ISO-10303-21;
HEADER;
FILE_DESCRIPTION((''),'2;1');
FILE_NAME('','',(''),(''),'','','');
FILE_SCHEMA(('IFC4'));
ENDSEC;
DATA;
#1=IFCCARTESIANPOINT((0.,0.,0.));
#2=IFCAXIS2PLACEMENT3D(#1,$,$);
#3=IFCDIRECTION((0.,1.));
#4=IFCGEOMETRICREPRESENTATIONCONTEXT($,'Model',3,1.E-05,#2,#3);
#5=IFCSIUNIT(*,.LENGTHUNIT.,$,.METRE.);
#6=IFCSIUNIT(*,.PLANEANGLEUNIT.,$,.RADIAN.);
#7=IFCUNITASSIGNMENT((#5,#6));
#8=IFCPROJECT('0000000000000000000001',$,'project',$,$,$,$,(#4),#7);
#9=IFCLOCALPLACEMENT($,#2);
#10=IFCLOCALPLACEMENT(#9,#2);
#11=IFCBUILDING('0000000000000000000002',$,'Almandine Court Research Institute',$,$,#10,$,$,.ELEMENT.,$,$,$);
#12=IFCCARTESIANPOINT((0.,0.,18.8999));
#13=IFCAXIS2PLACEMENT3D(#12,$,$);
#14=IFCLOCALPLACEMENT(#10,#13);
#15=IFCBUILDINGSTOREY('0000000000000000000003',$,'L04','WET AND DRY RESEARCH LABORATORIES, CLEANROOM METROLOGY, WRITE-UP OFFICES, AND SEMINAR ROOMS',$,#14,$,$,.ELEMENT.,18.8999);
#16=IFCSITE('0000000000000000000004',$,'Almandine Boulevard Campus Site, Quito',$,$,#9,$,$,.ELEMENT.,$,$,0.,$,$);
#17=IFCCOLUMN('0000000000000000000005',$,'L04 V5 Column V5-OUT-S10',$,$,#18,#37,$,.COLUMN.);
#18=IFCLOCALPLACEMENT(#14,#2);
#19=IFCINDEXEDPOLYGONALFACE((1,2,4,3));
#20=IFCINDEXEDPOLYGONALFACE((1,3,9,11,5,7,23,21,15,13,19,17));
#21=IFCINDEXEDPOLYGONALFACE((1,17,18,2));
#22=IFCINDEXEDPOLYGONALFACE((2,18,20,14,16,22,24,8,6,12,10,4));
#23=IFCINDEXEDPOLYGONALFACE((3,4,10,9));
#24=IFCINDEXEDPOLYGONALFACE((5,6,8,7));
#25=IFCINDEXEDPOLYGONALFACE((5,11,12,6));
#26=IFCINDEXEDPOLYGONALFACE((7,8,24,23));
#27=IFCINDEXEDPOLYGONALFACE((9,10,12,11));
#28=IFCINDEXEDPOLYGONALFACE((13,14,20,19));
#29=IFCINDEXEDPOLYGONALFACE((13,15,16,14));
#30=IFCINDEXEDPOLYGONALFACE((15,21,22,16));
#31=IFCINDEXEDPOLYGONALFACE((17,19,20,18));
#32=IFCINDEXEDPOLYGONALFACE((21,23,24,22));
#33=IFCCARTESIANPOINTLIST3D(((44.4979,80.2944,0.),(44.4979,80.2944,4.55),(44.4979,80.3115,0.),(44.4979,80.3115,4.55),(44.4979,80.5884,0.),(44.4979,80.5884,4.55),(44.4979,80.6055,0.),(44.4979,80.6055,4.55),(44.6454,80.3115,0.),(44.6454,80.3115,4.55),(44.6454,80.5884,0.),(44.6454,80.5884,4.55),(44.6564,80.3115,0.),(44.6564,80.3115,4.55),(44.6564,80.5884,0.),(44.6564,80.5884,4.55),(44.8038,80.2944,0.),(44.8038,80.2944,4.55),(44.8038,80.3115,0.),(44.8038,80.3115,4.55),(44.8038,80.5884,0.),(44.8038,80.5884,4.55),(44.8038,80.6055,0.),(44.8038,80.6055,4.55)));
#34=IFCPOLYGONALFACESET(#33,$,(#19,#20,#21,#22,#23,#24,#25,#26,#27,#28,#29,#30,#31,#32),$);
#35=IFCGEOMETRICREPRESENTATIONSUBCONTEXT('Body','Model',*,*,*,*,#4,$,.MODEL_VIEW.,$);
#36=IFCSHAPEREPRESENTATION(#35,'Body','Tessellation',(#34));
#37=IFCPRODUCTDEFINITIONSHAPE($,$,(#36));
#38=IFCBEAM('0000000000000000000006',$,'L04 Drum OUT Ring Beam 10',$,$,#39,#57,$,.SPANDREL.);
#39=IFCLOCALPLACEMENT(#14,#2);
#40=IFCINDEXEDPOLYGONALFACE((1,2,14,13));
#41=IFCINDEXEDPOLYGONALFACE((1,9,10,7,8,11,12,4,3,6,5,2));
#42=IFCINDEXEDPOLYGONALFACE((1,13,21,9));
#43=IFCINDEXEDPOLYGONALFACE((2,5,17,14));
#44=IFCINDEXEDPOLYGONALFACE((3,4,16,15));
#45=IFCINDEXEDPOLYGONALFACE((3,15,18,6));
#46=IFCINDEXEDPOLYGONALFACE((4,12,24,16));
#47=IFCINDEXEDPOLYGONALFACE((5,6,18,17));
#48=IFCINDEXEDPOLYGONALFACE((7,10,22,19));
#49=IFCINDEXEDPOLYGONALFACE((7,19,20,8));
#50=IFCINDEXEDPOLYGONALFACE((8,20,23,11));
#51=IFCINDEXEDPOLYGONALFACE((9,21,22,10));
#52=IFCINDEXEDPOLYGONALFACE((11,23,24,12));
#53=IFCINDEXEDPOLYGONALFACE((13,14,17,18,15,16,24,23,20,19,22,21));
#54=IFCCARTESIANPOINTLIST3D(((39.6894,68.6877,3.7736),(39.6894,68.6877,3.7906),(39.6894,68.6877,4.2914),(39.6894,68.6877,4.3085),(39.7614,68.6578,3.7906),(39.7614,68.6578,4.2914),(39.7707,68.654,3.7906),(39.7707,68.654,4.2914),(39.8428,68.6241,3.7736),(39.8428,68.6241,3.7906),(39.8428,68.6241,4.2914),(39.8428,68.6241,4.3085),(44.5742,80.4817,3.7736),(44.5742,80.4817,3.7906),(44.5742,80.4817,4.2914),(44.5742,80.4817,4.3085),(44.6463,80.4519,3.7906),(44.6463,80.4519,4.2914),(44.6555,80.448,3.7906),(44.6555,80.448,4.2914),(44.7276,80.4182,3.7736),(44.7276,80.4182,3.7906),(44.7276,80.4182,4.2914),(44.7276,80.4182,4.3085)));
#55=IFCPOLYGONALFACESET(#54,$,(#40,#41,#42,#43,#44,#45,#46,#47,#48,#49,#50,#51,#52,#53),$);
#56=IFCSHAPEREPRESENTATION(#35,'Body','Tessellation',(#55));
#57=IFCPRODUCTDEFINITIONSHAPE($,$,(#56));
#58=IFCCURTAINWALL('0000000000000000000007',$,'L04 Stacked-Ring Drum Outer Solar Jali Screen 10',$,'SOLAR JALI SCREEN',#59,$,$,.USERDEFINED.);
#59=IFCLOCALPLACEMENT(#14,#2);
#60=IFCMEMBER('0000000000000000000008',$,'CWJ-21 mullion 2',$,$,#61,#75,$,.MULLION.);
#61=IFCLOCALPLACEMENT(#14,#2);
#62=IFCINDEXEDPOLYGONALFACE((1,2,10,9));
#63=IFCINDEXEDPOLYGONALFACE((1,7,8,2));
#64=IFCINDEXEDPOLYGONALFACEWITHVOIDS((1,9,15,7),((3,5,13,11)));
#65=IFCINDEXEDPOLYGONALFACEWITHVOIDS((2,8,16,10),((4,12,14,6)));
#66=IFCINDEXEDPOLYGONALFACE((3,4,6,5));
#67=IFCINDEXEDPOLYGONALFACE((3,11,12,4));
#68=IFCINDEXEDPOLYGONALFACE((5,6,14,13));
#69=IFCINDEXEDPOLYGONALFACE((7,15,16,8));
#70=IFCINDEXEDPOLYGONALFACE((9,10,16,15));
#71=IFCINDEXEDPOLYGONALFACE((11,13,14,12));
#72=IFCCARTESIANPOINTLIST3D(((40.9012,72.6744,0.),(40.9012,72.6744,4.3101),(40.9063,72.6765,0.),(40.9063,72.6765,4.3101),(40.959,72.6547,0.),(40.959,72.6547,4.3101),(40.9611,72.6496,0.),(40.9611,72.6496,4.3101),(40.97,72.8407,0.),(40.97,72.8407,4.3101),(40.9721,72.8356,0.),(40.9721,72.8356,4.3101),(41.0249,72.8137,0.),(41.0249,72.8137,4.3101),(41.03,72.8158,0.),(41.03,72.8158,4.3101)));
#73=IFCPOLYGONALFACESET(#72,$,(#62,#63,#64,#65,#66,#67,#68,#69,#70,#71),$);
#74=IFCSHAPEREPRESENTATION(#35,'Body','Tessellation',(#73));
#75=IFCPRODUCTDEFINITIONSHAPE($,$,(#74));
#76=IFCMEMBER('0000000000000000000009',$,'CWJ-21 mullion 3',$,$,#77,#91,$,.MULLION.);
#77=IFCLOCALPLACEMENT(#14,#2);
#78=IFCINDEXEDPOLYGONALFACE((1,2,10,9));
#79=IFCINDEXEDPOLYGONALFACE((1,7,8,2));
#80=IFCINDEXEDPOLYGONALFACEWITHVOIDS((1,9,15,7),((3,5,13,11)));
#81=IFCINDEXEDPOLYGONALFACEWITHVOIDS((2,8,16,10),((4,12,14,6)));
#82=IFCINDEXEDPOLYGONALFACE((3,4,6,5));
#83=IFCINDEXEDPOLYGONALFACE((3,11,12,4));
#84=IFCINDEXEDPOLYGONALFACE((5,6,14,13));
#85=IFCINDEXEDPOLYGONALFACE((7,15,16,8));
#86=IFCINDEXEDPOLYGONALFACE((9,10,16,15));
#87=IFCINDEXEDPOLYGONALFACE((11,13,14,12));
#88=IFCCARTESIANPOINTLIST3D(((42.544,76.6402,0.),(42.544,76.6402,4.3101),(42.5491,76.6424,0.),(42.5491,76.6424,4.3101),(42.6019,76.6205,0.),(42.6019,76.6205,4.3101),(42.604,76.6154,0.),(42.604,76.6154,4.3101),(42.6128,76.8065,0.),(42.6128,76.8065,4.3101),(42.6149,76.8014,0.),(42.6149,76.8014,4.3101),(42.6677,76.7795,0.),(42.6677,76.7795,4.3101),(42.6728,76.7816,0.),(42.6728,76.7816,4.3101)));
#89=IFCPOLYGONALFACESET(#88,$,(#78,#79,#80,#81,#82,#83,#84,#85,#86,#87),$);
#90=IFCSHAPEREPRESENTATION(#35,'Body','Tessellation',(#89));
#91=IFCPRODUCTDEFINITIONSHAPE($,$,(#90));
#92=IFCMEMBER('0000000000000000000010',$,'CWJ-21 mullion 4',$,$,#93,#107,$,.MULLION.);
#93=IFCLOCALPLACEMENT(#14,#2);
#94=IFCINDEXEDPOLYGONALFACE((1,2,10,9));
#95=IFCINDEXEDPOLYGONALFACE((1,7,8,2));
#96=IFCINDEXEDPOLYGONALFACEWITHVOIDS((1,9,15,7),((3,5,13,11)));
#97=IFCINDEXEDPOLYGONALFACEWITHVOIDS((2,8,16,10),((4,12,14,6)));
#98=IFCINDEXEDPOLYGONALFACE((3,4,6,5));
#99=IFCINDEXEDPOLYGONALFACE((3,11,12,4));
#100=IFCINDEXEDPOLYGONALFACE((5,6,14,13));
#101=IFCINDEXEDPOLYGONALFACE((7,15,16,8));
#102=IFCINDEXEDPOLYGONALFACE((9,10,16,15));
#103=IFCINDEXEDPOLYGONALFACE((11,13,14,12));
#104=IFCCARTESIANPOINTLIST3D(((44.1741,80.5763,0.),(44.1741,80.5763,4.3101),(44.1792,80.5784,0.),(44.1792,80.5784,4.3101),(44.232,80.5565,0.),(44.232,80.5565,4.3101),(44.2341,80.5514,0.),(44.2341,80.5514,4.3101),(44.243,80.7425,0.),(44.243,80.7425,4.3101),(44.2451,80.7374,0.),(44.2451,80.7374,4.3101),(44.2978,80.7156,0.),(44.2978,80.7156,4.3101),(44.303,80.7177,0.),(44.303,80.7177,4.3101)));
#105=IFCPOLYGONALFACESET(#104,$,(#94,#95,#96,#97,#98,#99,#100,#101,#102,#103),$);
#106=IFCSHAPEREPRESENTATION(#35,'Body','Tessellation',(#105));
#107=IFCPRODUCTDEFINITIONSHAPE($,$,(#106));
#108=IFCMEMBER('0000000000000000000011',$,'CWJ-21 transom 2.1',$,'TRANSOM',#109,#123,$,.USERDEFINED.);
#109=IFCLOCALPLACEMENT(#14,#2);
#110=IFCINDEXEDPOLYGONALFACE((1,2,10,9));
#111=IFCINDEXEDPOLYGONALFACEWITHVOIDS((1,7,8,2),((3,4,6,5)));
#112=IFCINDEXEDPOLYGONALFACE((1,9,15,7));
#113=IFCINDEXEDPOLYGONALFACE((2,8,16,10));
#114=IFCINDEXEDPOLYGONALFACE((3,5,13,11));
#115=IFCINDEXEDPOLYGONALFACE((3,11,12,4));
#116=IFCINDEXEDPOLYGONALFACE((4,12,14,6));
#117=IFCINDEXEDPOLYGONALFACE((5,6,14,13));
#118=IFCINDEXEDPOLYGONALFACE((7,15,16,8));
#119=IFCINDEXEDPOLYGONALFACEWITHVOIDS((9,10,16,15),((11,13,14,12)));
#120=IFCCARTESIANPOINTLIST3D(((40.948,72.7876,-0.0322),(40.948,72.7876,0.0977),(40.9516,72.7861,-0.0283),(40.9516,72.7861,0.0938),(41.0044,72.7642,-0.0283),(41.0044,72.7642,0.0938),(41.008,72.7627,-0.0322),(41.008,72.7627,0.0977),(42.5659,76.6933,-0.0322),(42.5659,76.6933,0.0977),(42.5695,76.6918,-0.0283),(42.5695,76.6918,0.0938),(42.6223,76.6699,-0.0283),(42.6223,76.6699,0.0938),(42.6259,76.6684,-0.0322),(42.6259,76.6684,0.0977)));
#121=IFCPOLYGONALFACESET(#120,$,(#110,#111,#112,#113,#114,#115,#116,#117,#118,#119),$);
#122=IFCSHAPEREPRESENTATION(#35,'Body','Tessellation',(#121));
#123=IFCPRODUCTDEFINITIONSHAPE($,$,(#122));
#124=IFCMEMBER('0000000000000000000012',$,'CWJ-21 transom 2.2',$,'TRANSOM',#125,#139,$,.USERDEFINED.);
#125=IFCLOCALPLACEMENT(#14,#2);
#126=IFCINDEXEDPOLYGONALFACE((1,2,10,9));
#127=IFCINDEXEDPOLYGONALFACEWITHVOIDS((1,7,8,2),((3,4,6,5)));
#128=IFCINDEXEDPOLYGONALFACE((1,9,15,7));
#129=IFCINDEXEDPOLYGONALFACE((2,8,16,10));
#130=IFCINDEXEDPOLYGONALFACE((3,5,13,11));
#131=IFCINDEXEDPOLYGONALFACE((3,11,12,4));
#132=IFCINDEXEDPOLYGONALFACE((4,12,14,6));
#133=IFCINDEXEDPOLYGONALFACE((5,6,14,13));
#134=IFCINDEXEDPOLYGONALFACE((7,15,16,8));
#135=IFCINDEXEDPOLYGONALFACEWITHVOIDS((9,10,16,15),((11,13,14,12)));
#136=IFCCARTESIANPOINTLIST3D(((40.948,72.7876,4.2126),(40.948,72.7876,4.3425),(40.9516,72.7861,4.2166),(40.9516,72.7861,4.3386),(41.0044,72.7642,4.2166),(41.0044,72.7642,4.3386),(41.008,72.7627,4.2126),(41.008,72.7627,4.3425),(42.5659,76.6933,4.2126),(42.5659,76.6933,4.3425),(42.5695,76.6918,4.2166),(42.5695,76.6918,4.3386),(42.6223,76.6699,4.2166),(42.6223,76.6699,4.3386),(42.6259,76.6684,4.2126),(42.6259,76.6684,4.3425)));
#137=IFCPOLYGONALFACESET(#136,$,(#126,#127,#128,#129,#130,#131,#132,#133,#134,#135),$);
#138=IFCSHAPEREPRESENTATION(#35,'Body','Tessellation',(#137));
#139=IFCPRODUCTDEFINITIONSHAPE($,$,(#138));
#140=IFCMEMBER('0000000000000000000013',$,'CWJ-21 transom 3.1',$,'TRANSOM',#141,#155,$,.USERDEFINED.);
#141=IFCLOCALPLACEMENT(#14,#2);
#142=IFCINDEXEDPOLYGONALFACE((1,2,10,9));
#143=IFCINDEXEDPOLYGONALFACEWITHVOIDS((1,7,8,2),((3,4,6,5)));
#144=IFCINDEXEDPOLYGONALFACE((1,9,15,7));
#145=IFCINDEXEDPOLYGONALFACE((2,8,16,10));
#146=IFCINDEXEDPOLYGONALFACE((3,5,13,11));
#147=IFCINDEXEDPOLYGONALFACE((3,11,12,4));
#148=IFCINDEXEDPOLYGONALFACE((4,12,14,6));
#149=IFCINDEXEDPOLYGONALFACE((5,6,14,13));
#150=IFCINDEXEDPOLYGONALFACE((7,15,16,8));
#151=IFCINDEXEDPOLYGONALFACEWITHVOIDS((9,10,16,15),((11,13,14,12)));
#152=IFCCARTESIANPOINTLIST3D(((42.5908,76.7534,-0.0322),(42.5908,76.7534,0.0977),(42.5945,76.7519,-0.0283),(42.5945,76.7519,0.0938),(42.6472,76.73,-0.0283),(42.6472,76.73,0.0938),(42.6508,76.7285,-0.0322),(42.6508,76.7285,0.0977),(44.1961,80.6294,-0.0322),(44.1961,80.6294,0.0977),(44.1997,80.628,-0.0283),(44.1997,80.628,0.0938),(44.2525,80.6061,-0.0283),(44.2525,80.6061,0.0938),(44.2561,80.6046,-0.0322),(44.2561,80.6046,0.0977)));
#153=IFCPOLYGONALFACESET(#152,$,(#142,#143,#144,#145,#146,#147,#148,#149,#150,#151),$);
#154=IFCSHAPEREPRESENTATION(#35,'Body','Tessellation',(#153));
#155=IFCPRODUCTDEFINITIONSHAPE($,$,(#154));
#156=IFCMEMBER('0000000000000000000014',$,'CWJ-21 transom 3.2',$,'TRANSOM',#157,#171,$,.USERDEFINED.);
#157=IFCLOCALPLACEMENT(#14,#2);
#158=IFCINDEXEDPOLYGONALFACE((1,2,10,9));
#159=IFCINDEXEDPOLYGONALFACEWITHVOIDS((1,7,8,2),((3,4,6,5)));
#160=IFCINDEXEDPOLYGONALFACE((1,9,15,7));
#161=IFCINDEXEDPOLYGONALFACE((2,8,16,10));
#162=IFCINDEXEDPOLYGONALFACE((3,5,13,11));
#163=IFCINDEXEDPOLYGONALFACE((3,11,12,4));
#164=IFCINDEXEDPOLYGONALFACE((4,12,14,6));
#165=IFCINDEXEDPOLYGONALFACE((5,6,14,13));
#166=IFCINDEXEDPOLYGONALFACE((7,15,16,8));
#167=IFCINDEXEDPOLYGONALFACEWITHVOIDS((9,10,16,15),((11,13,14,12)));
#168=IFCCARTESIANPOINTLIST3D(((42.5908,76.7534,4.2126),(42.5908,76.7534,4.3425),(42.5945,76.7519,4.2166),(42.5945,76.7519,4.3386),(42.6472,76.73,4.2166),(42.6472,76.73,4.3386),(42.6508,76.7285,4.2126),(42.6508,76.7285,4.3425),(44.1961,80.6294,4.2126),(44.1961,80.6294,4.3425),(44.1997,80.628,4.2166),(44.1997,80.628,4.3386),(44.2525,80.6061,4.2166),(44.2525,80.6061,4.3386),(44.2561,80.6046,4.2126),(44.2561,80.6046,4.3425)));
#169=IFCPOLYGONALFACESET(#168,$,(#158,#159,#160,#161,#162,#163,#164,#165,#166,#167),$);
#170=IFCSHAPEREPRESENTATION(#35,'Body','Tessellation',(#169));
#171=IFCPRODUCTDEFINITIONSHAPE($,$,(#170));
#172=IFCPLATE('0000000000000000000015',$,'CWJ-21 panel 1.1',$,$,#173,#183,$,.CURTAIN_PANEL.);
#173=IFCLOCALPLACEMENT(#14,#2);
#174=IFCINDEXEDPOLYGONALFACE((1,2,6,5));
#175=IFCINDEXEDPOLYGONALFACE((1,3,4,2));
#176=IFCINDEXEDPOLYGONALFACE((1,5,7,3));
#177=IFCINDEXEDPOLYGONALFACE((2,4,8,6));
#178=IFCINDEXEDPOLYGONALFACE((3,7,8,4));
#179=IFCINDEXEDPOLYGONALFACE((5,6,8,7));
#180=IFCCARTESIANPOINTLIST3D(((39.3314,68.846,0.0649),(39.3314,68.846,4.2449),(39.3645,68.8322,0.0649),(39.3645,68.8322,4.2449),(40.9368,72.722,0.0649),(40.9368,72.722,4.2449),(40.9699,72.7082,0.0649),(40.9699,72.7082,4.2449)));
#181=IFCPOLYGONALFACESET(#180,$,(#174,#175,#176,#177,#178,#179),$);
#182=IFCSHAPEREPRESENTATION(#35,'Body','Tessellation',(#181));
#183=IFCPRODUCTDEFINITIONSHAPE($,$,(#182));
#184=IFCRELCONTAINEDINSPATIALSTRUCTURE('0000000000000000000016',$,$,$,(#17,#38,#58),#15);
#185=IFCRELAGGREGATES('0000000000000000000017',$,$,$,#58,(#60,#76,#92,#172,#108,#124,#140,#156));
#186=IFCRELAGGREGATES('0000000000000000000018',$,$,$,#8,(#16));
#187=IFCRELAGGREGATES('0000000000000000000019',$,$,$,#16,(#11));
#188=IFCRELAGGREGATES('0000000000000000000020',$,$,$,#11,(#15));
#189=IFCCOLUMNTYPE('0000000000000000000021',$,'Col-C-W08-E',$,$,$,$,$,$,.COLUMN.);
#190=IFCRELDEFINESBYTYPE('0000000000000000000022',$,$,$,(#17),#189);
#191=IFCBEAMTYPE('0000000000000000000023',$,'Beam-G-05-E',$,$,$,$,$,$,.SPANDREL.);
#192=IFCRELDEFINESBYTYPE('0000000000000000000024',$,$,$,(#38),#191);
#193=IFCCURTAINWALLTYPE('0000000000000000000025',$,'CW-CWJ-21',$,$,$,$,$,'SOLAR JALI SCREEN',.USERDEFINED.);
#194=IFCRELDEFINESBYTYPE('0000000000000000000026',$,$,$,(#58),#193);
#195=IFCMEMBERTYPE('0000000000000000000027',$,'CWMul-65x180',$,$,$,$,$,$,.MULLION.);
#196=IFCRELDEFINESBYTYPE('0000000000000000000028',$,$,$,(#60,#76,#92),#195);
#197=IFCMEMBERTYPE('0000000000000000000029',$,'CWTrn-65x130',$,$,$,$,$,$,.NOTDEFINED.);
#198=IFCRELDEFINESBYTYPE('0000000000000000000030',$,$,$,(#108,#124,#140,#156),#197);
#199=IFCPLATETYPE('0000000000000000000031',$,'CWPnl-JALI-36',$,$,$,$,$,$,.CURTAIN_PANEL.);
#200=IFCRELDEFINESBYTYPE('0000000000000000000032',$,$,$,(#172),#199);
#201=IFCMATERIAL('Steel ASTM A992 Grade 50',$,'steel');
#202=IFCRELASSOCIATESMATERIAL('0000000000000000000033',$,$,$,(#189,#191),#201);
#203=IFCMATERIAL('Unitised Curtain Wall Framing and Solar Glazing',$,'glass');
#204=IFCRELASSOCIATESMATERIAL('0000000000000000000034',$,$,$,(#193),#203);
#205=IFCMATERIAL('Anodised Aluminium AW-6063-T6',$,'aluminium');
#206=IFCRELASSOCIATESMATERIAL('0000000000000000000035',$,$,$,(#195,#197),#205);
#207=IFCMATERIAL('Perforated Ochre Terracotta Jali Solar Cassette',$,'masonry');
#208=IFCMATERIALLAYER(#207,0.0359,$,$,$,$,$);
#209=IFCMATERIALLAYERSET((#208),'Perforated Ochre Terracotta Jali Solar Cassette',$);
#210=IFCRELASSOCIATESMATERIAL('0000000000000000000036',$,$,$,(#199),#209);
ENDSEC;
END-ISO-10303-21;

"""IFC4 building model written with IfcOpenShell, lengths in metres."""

from ifc_helpers import new_model, si_unit, direction, frame, origin, origin_2d, place, context, subcontext, project, spatial, rectangle, hollow_rectangle, i_section, extrude, material, layer, layer_set, material_profile, profile_set, type_object, element, aggregate, save


model = new_model("IFC4")

# Units and contexts
model_context = context("Model", 3, precision=1e-05, world=origin(), true_north=direction((0.0, 1.0)))
body_context = subcontext(model_context, "Body", "Model", "MODEL_VIEW")
ifc_project = project(units=[si_unit("LENGTHUNIT", "METRE"), si_unit("PLANEANGLEUNIT", "RADIAN")], contexts=[model_context])

# Site, building, storey
site_placement = place(None, origin())
site = spatial("IfcSite", under=ifc_project, at=site_placement, Name="Almandine Boulevard Campus Site, Quito", CompositionType="ELEMENT", RefElevation=0.0)
building_placement = place(site_placement, origin())
building = spatial("IfcBuilding", under=site, at=building_placement, Name="Almandine Court Research Institute", CompositionType="ELEMENT")
storey_placement = place(building_placement, frame((0.0, 0.0, 18.8999)))
storey = spatial("IfcBuildingStorey", under=building, at=storey_placement, Name="L04", Description="WET AND DRY RESEARCH LABORATORIES, CLEANROOM METROLOGY, WRITE-UP OFFICES, AND SEMINAR ROOMS", CompositionType="ELEMENT", Elevation=18.8999)

# Column
ifc_material_1 = material(Name="Steel ASTM A992 Grade 50", Category="steel")
ifc_material_profile_1 = material_profile(ifc_material_1, i_section(OverallWidth=0.3059, OverallDepth=0.311, WebThickness=0.011, FlangeThickness=0.0171, at=origin_2d()), Name="W310x107")
ifc_profile_set_1 = profile_set([ifc_material_profile_1], Name="Steel ASTM A992 Grade 50")
column_type = type_object("IfcColumnType", Name="Col-C-W08-E", PredefinedType="COLUMN", material=ifc_profile_set_1)
column_placement = place(storey_placement, frame((44.6509, 80.45, 0.0), z_axis=(0.0, 0.0, 1.0), x_axis=(1.0, 0.0, 0.0)))
element("IfcColumn", 1, at=column_placement, inside=storey, type_object=column_type, Name="L04 V5 Column V5-OUT-S10", PredefinedType="COLUMN", context=body_context, shape_type="SweptSolid", body=[
    extrude(i_section(OverallWidth=0.3059, OverallDepth=0.311, WebThickness=0.011, FlangeThickness=0.0171, at=origin_2d()), origin(), (0.0, 0.0, 1.0), 4.55),
])

# Beam
ifc_material_profile_2 = material_profile(ifc_material_1, i_section(OverallWidth=0.166, OverallDepth=0.5349, WebThickness=0.01, FlangeThickness=0.0171, at=origin_2d()), Name="W530x85")
ifc_profile_set_2 = profile_set([ifc_material_profile_2], Name="Steel ASTM A992 Grade 50")
beam_type = type_object("IfcBeamType", Name="Beam-G-05-E", PredefinedType="SPANDREL", material=ifc_profile_set_2)
beam_placement = place(storey_placement, frame((44.6509, 80.45, 4.041), z_axis=(-0.382654, -0.923892, 0.0), x_axis=(0.923892, -0.382654, 0.0)))
element("IfcBeam", 2, at=beam_placement, inside=storey, type_object=beam_type, Name="L04 Drum OUT Ring Beam 10", PredefinedType="SPANDREL", context=body_context, shape_type="SweptSolid", body=[
    extrude(i_section(OverallWidth=0.166, OverallDepth=0.5349, WebThickness=0.01, FlangeThickness=0.0171, at=origin_2d()), origin(), (0.0, 0.0, 1.0), 12.7656),
])

# Curtain wall, members, plate
ifc_material_2 = material(Name="Unitised Curtain Wall Framing and Solar Glazing", Category="glass")
curtain_wall_type = type_object("IfcCurtainWallType", Name="CW-CWJ-21", ElementType="SOLAR JALI SCREEN", PredefinedType="USERDEFINED", material=ifc_material_2)
curtain_wall_placement = place(storey_placement, origin())
curtain_wall = element("IfcCurtainWall", 3, at=curtain_wall_placement, inside=storey, type_object=curtain_wall_type, Name="L04 Stacked-Ring Drum Outer Solar Jali Screen 10", ObjectType="SOLAR JALI SCREEN", PredefinedType="USERDEFINED")
ifc_material_3 = material(Name="Anodised Aluminium AW-6063-T6", Category="aluminium")
ifc_material_profile_3 = material_profile(ifc_material_3, hollow_rectangle(XDim=0.0649, YDim=0.1799, WallThickness=0.0039, at=origin_2d()), Name="ALU RHS 65x180x4")
ifc_profile_set_3 = profile_set([ifc_material_profile_3], Name="Anodised Aluminium AW-6063-T6")
member_type_1 = type_object("IfcMemberType", Name="CWMul-65x180", PredefinedType="MULLION", material=ifc_profile_set_3)
member_1_placement = place(storey_placement, frame((40.9656, 72.7451, 0.0), z_axis=(0.0, 0.0, 1.0), x_axis=(-0.923888, 0.382663, 0.0)))
member_1 = element("IfcMember", 4, at=member_1_placement, type_object=member_type_1, Name="CWJ-21 mullion 2", PredefinedType="MULLION", context=body_context, shape_type="SweptSolid", body=[
    extrude(hollow_rectangle(XDim=0.0649, YDim=0.1799, WallThickness=0.0039, at=origin_2d()), origin(), (0.0, 0.0, 1.0), 4.3101),
])
member_2_placement = place(storey_placement, frame((42.6084, 76.7109, 0.0), z_axis=(0.0, 0.0, 1.0), x_axis=(-0.923888, 0.382663, 0.0)))
member_2 = element("IfcMember", 5, at=member_2_placement, type_object=member_type_1, Name="CWJ-21 mullion 3", PredefinedType="MULLION", context=body_context, shape_type="SweptSolid", body=[
    extrude(hollow_rectangle(XDim=0.0649, YDim=0.1799, WallThickness=0.0039, at=origin_2d()), origin(), (0.0, 0.0, 1.0), 4.3101),
])
member_3_placement = place(storey_placement, frame((44.2385, 80.647, 0.0), z_axis=(0.0, 0.0, 1.0), x_axis=(-0.923888, 0.382663, 0.0)))
member_3 = element("IfcMember", 6, at=member_3_placement, type_object=member_type_1, Name="CWJ-21 mullion 4", PredefinedType="MULLION", context=body_context, shape_type="SweptSolid", body=[
    extrude(hollow_rectangle(XDim=0.0649, YDim=0.1799, WallThickness=0.0039, at=origin_2d()), origin(), (0.0, 0.0, 1.0), 4.3101),
])
ifc_material_profile_4 = material_profile(ifc_material_3, hollow_rectangle(XDim=0.0649, YDim=0.1299, WallThickness=0.0039, at=origin_2d()), Name="ALU RHS 65x130x4")
ifc_profile_set_4 = profile_set([ifc_material_profile_4], Name="Anodised Aluminium AW-6063-T6")
member_type_2 = type_object("IfcMemberType", Name="CWTrn-65x130", PredefinedType="NOTDEFINED", material=ifc_profile_set_4)
member_4_placement = place(storey_placement, frame((40.978, 72.7751, 0.0327), z_axis=(0.382704, 0.923871, 0.0), x_axis=(-0.923871, 0.382704, 0.0)))
member_4 = element("IfcMember", 7, at=member_4_placement, type_object=member_type_2, Name="CWJ-21 transom 2.1", ObjectType="TRANSOM", PredefinedType="USERDEFINED", context=body_context, shape_type="SweptSolid", body=[
    extrude(hollow_rectangle(XDim=0.0649, YDim=0.1299, WallThickness=0.0039, at=origin_2d()), origin(), (0.0, 0.0, 1.0), 4.2275),
])
member_5_placement = place(storey_placement, frame((40.978, 72.7751, 4.2776), z_axis=(0.382704, 0.923871, 0.0), x_axis=(-0.923871, 0.382704, 0.0)))
member_5 = element("IfcMember", 8, at=member_5_placement, type_object=member_type_2, Name="CWJ-21 transom 2.2", ObjectType="TRANSOM", PredefinedType="USERDEFINED", context=body_context, shape_type="SweptSolid", body=[
    extrude(hollow_rectangle(XDim=0.0649, YDim=0.1299, WallThickness=0.0039, at=origin_2d()), origin(), (0.0, 0.0, 1.0), 4.2275),
])
member_6_placement = place(storey_placement, frame((42.6208, 76.741, 0.0327), z_axis=(0.382631, 0.923901, 0.0), x_axis=(-0.923901, 0.382631, 0.0)))
member_6 = element("IfcMember", 9, at=member_6_placement, type_object=member_type_2, Name="CWJ-21 transom 3.1", ObjectType="TRANSOM", PredefinedType="USERDEFINED", context=body_context, shape_type="SweptSolid", body=[
    extrude(hollow_rectangle(XDim=0.0649, YDim=0.1299, WallThickness=0.0039, at=origin_2d()), origin(), (0.0, 0.0, 1.0), 4.1953),
])
member_7_placement = place(storey_placement, frame((42.6208, 76.741, 4.2776), z_axis=(0.382631, 0.923901, 0.0), x_axis=(-0.923901, 0.382631, 0.0)))
member_7 = element("IfcMember", 10, at=member_7_placement, type_object=member_type_2, Name="CWJ-21 transom 3.2", ObjectType="TRANSOM", PredefinedType="USERDEFINED", context=body_context, shape_type="SweptSolid", body=[
    extrude(hollow_rectangle(XDim=0.0649, YDim=0.1299, WallThickness=0.0039, at=origin_2d()), origin(), (0.0, 0.0, 1.0), 4.1953),
])
ifc_material_4 = material(Name="Perforated Ochre Terracotta Jali Solar Cassette", Category="masonry")
ifc_layer_1 = layer(ifc_material_4, 0.0359)
ifc_layer_set_1 = layer_set([ifc_layer_1], Name="Perforated Ochre Terracotta Jali Solar Cassette")
plate_type = type_object("IfcPlateType", Name="CWPnl-JALI-36", PredefinedType="CURTAIN_PANEL", material=ifc_layer_set_1)
plate_1_placement = place(storey_placement, frame((40.1506, 70.7771, 0.0649), z_axis=(0.0, 0.0, 1.0), x_axis=(0.382663, 0.923888, 0.0)))
plate_1 = element("IfcPlate", 11, at=plate_1_placement, type_object=plate_type, Name="CWJ-21 panel 1.1", PredefinedType="CURTAIN_PANEL", context=body_context, shape_type="SweptSolid", body=[
    extrude(rectangle(XDim=4.1953, YDim=0.0359, at=origin_2d()), origin(), (0.0, 0.0, 1.0), 4.1799),
])
aggregate(curtain_wall, [member_1, member_2, member_3, plate_1, member_4, member_5, member_6, member_7])

save(model, "model.ifc")
